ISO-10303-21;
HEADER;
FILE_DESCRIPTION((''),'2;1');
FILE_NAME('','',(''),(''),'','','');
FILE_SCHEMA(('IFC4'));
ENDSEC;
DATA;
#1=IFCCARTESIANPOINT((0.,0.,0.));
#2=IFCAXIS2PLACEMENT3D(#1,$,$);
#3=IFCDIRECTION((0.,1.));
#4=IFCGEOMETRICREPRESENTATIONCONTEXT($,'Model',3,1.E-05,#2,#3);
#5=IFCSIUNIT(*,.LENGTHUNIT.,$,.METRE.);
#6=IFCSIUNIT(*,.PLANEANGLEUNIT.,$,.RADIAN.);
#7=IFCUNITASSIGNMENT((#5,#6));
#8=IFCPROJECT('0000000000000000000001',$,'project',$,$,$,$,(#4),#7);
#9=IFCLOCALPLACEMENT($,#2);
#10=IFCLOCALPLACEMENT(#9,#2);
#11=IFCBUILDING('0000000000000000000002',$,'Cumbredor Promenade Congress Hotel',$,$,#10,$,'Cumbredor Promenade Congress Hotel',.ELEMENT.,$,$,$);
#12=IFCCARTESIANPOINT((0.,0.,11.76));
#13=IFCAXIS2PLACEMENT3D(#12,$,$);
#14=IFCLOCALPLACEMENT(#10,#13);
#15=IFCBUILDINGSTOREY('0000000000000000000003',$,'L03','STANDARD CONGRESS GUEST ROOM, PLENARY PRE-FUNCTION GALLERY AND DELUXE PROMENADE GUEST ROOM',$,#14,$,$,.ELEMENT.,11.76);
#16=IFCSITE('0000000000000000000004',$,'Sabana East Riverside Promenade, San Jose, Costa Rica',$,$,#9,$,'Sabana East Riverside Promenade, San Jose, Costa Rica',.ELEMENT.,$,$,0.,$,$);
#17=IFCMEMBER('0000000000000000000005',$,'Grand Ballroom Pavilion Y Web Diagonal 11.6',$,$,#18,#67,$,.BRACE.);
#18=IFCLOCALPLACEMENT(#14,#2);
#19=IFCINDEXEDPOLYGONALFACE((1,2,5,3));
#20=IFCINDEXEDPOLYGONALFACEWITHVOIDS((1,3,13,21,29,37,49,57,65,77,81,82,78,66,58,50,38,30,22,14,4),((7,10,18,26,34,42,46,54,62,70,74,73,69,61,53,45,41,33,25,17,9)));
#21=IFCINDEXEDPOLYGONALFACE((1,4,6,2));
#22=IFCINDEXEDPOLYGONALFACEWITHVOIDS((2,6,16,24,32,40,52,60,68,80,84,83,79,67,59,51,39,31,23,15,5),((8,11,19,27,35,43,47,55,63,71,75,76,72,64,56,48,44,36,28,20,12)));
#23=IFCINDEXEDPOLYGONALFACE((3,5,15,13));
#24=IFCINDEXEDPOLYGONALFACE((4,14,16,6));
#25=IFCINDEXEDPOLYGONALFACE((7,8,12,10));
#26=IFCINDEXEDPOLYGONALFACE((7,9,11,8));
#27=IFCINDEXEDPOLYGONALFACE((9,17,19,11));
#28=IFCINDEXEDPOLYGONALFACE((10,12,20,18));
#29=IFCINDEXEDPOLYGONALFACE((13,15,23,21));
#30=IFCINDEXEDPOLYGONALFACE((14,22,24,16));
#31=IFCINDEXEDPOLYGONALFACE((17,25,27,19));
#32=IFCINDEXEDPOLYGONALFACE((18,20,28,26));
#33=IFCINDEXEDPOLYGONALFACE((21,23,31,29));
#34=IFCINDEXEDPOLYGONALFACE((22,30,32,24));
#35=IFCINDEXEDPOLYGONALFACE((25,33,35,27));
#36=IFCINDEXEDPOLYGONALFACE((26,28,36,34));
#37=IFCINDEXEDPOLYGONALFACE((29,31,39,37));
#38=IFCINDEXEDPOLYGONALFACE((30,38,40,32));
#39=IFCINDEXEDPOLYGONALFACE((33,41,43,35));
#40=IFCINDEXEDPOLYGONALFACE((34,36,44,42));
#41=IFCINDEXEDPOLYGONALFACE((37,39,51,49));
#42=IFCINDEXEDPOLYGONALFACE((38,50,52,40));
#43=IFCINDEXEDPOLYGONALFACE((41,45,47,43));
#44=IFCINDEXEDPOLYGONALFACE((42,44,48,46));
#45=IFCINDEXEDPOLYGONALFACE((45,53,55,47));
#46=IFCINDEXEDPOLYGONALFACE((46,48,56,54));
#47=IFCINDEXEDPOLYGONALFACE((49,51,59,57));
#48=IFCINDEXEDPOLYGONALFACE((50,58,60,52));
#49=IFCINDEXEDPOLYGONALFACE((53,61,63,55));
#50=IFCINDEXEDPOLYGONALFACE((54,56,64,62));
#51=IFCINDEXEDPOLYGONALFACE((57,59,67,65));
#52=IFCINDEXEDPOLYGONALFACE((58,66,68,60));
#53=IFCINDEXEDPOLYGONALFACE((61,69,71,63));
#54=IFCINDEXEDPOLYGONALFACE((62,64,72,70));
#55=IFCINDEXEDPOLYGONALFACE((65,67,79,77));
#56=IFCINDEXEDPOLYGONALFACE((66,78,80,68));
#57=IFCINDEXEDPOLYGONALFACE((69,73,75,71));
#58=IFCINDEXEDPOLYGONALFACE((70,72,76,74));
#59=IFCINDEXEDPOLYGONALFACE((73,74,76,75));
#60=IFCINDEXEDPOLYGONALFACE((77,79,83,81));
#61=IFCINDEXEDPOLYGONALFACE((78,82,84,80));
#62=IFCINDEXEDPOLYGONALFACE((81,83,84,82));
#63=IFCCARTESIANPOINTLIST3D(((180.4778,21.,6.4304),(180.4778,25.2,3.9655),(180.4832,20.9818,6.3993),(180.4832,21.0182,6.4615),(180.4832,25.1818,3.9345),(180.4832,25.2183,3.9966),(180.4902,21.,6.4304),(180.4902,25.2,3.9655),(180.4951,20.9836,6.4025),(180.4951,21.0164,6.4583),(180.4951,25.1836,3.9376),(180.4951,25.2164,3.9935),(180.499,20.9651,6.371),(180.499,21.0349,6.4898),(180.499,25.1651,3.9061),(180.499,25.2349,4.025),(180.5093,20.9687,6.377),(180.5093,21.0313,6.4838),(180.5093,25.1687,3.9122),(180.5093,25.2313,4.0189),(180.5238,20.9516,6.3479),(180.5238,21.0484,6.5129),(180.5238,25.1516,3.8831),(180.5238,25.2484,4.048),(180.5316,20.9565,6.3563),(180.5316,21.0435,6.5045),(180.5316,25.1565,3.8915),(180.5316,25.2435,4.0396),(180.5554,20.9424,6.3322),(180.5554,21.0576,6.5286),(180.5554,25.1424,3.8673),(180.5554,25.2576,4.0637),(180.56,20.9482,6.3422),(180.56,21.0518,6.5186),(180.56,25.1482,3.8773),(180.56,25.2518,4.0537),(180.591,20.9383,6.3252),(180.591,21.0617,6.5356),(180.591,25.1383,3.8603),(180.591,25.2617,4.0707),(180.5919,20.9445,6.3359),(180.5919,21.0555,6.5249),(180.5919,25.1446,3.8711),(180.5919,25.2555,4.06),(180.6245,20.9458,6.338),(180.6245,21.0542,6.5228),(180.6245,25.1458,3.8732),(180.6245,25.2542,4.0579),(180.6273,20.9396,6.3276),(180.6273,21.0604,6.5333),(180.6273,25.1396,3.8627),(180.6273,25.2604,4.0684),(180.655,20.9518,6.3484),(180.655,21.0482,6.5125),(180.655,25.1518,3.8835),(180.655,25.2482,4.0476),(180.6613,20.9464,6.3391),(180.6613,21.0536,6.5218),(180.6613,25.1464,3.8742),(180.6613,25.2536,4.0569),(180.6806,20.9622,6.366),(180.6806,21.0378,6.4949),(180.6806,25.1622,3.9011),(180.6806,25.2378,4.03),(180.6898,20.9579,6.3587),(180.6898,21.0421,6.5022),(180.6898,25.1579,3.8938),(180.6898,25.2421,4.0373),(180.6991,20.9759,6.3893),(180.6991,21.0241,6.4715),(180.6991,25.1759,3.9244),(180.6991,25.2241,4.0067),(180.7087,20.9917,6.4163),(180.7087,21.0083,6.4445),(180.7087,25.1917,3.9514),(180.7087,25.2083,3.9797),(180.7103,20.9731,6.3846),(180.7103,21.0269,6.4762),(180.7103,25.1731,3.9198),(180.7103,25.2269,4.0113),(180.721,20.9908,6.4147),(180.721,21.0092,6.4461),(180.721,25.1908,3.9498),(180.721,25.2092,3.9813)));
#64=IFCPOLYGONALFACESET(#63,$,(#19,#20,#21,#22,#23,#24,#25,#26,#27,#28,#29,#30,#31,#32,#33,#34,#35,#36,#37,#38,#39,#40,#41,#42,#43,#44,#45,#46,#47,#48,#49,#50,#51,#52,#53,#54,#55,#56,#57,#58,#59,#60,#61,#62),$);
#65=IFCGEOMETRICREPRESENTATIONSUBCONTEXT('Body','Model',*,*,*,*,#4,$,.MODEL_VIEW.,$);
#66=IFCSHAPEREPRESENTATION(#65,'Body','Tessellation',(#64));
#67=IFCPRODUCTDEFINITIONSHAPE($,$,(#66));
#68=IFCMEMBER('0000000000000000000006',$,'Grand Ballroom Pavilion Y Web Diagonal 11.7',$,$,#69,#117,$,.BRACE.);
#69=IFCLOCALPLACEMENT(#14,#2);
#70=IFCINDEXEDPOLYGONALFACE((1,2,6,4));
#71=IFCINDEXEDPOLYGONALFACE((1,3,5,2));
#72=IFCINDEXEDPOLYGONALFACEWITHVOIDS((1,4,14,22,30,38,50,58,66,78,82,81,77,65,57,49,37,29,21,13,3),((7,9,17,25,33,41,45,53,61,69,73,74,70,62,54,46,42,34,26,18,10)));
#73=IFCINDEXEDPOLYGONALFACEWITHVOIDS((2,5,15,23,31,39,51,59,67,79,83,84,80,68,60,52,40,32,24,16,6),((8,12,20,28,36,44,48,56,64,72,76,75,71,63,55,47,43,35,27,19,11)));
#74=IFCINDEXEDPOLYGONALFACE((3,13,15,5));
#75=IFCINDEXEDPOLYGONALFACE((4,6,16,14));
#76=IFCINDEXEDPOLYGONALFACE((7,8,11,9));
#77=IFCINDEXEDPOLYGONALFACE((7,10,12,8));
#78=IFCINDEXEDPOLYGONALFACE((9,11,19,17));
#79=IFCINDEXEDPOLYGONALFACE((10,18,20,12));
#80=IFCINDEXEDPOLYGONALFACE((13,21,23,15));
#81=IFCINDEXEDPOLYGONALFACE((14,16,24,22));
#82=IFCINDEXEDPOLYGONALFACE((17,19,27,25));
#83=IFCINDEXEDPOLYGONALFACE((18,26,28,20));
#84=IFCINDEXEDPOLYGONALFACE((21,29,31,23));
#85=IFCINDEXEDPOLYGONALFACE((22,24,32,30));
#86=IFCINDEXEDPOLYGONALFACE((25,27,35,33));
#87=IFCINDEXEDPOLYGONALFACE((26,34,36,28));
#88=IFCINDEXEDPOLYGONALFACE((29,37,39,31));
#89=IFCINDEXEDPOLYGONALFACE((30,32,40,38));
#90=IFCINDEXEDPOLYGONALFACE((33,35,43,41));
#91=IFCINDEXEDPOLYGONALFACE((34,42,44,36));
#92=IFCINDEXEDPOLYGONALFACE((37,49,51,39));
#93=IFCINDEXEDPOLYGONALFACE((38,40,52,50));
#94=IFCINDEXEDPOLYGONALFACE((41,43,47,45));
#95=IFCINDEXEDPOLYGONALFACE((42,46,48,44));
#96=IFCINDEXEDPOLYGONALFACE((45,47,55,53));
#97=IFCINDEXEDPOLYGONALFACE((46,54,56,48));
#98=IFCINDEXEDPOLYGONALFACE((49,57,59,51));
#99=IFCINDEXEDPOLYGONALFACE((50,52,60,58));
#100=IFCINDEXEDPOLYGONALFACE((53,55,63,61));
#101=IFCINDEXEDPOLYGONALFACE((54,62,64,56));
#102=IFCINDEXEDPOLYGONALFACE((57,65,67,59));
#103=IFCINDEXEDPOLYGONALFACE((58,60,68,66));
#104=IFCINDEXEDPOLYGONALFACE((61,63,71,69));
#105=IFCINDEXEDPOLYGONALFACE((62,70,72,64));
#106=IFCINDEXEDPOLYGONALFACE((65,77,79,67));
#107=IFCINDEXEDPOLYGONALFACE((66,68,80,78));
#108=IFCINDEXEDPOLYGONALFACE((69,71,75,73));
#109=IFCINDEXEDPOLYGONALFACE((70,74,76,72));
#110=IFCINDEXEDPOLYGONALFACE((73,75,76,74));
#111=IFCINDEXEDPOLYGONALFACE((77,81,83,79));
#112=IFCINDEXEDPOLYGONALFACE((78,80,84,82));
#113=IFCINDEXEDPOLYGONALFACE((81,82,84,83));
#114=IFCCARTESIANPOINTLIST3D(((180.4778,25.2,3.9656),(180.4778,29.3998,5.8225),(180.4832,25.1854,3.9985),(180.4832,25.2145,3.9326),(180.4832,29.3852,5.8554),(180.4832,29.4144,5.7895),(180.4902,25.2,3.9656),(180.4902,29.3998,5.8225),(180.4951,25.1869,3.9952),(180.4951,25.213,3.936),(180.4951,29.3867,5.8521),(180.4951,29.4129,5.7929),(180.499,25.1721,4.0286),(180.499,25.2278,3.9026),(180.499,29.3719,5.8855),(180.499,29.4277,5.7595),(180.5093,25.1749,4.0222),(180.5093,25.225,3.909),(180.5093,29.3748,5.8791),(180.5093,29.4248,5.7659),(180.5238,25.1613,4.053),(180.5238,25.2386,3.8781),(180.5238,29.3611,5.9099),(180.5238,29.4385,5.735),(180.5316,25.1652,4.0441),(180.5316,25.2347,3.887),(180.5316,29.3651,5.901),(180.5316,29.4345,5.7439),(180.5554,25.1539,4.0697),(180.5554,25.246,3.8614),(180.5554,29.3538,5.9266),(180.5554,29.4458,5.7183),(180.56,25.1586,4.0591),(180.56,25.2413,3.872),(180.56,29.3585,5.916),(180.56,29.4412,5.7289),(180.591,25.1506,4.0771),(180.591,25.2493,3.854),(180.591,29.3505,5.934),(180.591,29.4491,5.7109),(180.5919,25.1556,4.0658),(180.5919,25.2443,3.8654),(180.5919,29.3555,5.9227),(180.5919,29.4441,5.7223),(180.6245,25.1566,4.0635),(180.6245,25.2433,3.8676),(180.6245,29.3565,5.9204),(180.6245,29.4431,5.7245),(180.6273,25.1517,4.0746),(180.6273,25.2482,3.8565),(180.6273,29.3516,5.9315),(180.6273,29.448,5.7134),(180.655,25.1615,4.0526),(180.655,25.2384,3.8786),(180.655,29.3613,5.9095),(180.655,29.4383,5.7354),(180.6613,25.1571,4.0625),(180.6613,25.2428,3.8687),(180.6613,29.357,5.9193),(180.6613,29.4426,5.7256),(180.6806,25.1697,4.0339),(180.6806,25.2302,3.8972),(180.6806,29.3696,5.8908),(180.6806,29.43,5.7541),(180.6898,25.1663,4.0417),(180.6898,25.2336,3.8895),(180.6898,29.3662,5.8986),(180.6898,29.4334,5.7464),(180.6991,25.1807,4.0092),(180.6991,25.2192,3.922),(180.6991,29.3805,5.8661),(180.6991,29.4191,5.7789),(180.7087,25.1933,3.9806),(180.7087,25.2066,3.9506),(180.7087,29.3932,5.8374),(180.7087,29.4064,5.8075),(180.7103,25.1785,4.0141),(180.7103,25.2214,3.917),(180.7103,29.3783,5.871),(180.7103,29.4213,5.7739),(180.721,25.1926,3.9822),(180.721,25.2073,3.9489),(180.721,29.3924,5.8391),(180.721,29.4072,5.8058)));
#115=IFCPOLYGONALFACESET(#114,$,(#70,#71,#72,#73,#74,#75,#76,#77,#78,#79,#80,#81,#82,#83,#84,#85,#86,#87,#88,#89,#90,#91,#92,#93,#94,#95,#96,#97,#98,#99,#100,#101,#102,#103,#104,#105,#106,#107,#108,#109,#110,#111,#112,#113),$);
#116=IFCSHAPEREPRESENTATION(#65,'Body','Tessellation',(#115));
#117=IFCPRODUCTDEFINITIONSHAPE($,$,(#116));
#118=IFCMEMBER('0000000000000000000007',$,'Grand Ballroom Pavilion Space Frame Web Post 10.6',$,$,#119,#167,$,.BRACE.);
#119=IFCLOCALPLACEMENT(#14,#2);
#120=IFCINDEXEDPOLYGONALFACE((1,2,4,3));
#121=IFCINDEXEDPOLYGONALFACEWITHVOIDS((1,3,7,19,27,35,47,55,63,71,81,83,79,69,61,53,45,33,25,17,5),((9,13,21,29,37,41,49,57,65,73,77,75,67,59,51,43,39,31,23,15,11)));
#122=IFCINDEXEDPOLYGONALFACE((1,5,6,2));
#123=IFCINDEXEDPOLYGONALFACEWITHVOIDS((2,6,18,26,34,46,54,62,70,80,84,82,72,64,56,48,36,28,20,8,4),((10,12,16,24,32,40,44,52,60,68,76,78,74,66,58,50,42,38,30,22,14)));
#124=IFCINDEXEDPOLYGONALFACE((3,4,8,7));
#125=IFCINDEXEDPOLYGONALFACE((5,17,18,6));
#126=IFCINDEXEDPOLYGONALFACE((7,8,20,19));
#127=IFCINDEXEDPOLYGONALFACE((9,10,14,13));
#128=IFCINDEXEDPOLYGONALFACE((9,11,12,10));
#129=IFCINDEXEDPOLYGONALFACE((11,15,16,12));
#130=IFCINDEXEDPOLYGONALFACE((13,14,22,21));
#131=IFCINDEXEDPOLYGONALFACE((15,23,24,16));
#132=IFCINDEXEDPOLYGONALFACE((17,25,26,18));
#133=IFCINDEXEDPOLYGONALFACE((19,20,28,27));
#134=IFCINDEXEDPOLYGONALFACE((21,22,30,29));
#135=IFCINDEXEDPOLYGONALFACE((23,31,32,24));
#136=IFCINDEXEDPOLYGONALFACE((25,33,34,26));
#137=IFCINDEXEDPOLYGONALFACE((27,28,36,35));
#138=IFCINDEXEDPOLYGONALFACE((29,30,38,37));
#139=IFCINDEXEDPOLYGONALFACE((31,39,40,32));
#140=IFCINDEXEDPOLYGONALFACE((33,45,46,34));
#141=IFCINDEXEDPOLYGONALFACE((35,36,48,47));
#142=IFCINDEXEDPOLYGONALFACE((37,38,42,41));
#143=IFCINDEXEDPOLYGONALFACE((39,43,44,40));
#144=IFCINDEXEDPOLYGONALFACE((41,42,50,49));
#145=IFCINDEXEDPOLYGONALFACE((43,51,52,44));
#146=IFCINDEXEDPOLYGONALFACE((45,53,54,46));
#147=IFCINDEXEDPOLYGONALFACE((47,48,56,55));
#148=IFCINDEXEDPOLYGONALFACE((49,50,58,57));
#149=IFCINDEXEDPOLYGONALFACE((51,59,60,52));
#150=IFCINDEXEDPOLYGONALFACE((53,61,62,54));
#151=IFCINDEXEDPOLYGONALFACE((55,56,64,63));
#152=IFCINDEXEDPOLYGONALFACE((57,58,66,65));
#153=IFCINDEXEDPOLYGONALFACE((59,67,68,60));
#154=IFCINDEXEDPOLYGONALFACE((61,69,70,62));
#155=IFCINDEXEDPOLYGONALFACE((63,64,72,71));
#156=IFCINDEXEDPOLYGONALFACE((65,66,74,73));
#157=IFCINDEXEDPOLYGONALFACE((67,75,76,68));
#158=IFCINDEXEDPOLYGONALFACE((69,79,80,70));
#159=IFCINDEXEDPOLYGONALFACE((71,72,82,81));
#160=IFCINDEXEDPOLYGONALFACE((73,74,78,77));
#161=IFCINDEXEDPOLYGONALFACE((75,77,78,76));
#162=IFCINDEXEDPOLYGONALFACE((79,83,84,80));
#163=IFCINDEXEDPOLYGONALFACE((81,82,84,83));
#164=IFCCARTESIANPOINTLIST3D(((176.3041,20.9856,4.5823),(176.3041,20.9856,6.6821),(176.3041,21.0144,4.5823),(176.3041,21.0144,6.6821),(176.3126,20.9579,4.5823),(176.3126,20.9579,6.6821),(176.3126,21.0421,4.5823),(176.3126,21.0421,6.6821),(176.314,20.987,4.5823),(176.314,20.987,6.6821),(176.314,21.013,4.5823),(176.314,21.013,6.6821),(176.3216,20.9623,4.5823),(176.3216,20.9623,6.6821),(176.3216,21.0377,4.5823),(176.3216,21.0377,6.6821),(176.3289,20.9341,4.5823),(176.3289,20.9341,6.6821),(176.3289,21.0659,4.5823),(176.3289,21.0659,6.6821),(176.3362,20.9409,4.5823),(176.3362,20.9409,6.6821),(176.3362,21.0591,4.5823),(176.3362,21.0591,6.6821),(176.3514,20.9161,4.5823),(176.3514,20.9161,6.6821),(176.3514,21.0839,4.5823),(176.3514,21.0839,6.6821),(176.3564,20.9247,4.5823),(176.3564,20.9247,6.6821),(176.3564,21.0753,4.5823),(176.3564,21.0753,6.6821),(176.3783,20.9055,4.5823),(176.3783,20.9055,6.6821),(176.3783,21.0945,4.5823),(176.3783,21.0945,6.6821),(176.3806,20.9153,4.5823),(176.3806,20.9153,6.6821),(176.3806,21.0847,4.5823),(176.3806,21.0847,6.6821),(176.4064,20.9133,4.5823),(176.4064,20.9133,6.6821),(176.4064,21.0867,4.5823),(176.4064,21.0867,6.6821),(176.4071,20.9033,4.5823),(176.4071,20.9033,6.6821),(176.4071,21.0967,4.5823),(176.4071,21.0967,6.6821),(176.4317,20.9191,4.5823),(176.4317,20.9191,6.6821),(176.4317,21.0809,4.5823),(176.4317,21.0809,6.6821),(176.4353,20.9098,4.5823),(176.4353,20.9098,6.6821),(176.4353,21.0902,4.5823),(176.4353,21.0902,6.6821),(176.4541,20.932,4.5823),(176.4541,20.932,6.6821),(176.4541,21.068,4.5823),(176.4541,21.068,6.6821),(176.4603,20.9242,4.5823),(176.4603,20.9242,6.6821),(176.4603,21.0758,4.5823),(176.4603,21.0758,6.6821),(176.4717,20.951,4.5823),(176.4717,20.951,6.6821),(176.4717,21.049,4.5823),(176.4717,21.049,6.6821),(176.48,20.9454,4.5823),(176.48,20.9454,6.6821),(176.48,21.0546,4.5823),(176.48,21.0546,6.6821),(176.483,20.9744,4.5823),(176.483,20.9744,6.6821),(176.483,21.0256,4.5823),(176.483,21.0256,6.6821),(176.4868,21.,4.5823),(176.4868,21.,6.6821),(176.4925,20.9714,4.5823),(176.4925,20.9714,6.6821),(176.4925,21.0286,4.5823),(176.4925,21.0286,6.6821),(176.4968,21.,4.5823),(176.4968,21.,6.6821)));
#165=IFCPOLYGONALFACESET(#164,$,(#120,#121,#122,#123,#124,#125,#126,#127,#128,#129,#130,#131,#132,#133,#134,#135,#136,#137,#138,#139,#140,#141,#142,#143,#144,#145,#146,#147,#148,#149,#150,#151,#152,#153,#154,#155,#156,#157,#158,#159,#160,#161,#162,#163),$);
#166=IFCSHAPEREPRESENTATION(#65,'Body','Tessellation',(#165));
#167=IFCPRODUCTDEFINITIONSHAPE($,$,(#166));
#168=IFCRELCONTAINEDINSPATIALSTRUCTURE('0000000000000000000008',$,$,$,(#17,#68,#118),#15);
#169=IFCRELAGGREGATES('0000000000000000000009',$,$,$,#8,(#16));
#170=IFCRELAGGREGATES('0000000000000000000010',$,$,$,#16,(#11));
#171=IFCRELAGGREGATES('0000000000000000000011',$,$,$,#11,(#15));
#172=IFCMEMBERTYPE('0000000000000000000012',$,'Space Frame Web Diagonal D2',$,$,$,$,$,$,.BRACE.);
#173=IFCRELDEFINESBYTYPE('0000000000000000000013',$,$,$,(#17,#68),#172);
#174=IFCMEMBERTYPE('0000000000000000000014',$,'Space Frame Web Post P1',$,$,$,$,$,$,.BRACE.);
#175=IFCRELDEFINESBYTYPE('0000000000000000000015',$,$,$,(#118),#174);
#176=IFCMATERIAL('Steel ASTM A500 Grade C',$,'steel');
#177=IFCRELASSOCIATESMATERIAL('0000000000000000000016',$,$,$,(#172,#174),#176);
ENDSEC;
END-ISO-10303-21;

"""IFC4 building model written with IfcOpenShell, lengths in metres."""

from ifc_helpers import new_model, si_unit, direction, frame, origin, origin_2d, place, context, subcontext, project, spatial, hollow_circle, extrude, material, material_profile, profile_set, type_object, element, save


model = new_model("IFC4")

# Units and contexts
model_context = context("Model", 3, precision=1e-05, world=origin(), true_north=direction((0.0, 1.0)))
body_context = subcontext(model_context, "Body", "Model", "MODEL_VIEW")
ifc_project = project(units=[si_unit("LENGTHUNIT", "METRE"), si_unit("PLANEANGLEUNIT", "RADIAN")], contexts=[model_context])

# Site, building, storey
site_placement = place(None, origin())
site = spatial("IfcSite", under=ifc_project, at=site_placement, Name="Sabana East Riverside Promenade, San Jose, Costa Rica", LongName="Sabana East Riverside Promenade, San Jose, Costa Rica", CompositionType="ELEMENT", RefElevation=0.0)
building_placement = place(site_placement, origin())
building = spatial("IfcBuilding", under=site, at=building_placement, Name="Cumbredor Promenade Congress Hotel", LongName="Cumbredor Promenade Congress Hotel", CompositionType="ELEMENT")
storey_placement = place(building_placement, frame((0.0, 0.0, 11.76)))
storey = spatial("IfcBuildingStorey", under=building, at=storey_placement, Name="L03", Description="STANDARD CONGRESS GUEST ROOM, PLENARY PRE-FUNCTION GALLERY AND DELUXE PROMENADE GUEST ROOM", CompositionType="ELEMENT", Elevation=11.76)

# Members
ifc_material_1 = material(Name="Steel ASTM A500 Grade C", Category="steel")
ifc_material_profile_1 = material_profile(ifc_material_1, hollow_circle(Radius=0.1223, WallThickness=0.0125, at=origin_2d()), Name="CHS 244.5x12.5")
ifc_profile_set_1 = profile_set([ifc_material_profile_1], Name="Steel ASTM A500 Grade C")
member_type_1 = type_object("IfcMemberType", Name="Space Frame Web Diagonal D2", PredefinedType="BRACE", material=ifc_profile_set_1)
member_1_placement = place(storey_placement, frame((180.6001, 21.0, 6.4304), z_axis=(0.0, 0.862447, -0.506148), x_axis=(-1.0, 0.0, 0.0)))
element("IfcMember", 1, at=member_1_placement, inside=storey, type_object=member_type_1, Name="Grand Ballroom Pavilion Y Web Diagonal 11.6", PredefinedType="BRACE", context=body_context, shape_type="SweptSolid", body=[
    extrude(hollow_circle(Radius=0.1223, WallThickness=0.0125, at=origin_2d()), origin(), (0.0, 0.0, 1.0), 4.8699),
])
member_2_placement = place(storey_placement, frame((180.6001, 25.2, 3.9656), z_axis=(0.0, 0.914595, 0.404372), x_axis=(-1.0, 0.0, 0.0)))
element("IfcMember", 2, at=member_2_placement, inside=storey, type_object=member_type_1, Name="Grand Ballroom Pavilion Y Web Diagonal 11.7", PredefinedType="BRACE", context=body_context, shape_type="SweptSolid", body=[
    extrude(hollow_circle(Radius=0.1223, WallThickness=0.0125, at=origin_2d()), origin(), (0.0, 0.0, 1.0), 4.592),
])
ifc_material_profile_2 = material_profile(ifc_material_1, hollow_circle(Radius=0.0969, WallThickness=0.01, at=origin_2d()), Name="CHS 193.7x10")
ifc_profile_set_2 = profile_set([ifc_material_profile_2], Name="Steel ASTM A500 Grade C")
member_type_2 = type_object("IfcMemberType", Name="Space Frame Web Post P1", PredefinedType="BRACE", material=ifc_profile_set_2)
member_3_placement = place(storey_placement, frame((176.3999, 21.0, 4.5823), z_axis=(0.0, 0.0, 1.0), x_axis=(1.0, 0.0, 0.0)))
element("IfcMember", 3, at=member_3_placement, inside=storey, type_object=member_type_2, Name="Grand Ballroom Pavilion Space Frame Web Post 10.6", PredefinedType="BRACE", context=body_context, shape_type="SweptSolid", body=[
    extrude(hollow_circle(Radius=0.0969, WallThickness=0.01, at=origin_2d()), origin(), (0.0, 0.0, 1.0), 2.0999),
])

save(model, "model.ifc")
